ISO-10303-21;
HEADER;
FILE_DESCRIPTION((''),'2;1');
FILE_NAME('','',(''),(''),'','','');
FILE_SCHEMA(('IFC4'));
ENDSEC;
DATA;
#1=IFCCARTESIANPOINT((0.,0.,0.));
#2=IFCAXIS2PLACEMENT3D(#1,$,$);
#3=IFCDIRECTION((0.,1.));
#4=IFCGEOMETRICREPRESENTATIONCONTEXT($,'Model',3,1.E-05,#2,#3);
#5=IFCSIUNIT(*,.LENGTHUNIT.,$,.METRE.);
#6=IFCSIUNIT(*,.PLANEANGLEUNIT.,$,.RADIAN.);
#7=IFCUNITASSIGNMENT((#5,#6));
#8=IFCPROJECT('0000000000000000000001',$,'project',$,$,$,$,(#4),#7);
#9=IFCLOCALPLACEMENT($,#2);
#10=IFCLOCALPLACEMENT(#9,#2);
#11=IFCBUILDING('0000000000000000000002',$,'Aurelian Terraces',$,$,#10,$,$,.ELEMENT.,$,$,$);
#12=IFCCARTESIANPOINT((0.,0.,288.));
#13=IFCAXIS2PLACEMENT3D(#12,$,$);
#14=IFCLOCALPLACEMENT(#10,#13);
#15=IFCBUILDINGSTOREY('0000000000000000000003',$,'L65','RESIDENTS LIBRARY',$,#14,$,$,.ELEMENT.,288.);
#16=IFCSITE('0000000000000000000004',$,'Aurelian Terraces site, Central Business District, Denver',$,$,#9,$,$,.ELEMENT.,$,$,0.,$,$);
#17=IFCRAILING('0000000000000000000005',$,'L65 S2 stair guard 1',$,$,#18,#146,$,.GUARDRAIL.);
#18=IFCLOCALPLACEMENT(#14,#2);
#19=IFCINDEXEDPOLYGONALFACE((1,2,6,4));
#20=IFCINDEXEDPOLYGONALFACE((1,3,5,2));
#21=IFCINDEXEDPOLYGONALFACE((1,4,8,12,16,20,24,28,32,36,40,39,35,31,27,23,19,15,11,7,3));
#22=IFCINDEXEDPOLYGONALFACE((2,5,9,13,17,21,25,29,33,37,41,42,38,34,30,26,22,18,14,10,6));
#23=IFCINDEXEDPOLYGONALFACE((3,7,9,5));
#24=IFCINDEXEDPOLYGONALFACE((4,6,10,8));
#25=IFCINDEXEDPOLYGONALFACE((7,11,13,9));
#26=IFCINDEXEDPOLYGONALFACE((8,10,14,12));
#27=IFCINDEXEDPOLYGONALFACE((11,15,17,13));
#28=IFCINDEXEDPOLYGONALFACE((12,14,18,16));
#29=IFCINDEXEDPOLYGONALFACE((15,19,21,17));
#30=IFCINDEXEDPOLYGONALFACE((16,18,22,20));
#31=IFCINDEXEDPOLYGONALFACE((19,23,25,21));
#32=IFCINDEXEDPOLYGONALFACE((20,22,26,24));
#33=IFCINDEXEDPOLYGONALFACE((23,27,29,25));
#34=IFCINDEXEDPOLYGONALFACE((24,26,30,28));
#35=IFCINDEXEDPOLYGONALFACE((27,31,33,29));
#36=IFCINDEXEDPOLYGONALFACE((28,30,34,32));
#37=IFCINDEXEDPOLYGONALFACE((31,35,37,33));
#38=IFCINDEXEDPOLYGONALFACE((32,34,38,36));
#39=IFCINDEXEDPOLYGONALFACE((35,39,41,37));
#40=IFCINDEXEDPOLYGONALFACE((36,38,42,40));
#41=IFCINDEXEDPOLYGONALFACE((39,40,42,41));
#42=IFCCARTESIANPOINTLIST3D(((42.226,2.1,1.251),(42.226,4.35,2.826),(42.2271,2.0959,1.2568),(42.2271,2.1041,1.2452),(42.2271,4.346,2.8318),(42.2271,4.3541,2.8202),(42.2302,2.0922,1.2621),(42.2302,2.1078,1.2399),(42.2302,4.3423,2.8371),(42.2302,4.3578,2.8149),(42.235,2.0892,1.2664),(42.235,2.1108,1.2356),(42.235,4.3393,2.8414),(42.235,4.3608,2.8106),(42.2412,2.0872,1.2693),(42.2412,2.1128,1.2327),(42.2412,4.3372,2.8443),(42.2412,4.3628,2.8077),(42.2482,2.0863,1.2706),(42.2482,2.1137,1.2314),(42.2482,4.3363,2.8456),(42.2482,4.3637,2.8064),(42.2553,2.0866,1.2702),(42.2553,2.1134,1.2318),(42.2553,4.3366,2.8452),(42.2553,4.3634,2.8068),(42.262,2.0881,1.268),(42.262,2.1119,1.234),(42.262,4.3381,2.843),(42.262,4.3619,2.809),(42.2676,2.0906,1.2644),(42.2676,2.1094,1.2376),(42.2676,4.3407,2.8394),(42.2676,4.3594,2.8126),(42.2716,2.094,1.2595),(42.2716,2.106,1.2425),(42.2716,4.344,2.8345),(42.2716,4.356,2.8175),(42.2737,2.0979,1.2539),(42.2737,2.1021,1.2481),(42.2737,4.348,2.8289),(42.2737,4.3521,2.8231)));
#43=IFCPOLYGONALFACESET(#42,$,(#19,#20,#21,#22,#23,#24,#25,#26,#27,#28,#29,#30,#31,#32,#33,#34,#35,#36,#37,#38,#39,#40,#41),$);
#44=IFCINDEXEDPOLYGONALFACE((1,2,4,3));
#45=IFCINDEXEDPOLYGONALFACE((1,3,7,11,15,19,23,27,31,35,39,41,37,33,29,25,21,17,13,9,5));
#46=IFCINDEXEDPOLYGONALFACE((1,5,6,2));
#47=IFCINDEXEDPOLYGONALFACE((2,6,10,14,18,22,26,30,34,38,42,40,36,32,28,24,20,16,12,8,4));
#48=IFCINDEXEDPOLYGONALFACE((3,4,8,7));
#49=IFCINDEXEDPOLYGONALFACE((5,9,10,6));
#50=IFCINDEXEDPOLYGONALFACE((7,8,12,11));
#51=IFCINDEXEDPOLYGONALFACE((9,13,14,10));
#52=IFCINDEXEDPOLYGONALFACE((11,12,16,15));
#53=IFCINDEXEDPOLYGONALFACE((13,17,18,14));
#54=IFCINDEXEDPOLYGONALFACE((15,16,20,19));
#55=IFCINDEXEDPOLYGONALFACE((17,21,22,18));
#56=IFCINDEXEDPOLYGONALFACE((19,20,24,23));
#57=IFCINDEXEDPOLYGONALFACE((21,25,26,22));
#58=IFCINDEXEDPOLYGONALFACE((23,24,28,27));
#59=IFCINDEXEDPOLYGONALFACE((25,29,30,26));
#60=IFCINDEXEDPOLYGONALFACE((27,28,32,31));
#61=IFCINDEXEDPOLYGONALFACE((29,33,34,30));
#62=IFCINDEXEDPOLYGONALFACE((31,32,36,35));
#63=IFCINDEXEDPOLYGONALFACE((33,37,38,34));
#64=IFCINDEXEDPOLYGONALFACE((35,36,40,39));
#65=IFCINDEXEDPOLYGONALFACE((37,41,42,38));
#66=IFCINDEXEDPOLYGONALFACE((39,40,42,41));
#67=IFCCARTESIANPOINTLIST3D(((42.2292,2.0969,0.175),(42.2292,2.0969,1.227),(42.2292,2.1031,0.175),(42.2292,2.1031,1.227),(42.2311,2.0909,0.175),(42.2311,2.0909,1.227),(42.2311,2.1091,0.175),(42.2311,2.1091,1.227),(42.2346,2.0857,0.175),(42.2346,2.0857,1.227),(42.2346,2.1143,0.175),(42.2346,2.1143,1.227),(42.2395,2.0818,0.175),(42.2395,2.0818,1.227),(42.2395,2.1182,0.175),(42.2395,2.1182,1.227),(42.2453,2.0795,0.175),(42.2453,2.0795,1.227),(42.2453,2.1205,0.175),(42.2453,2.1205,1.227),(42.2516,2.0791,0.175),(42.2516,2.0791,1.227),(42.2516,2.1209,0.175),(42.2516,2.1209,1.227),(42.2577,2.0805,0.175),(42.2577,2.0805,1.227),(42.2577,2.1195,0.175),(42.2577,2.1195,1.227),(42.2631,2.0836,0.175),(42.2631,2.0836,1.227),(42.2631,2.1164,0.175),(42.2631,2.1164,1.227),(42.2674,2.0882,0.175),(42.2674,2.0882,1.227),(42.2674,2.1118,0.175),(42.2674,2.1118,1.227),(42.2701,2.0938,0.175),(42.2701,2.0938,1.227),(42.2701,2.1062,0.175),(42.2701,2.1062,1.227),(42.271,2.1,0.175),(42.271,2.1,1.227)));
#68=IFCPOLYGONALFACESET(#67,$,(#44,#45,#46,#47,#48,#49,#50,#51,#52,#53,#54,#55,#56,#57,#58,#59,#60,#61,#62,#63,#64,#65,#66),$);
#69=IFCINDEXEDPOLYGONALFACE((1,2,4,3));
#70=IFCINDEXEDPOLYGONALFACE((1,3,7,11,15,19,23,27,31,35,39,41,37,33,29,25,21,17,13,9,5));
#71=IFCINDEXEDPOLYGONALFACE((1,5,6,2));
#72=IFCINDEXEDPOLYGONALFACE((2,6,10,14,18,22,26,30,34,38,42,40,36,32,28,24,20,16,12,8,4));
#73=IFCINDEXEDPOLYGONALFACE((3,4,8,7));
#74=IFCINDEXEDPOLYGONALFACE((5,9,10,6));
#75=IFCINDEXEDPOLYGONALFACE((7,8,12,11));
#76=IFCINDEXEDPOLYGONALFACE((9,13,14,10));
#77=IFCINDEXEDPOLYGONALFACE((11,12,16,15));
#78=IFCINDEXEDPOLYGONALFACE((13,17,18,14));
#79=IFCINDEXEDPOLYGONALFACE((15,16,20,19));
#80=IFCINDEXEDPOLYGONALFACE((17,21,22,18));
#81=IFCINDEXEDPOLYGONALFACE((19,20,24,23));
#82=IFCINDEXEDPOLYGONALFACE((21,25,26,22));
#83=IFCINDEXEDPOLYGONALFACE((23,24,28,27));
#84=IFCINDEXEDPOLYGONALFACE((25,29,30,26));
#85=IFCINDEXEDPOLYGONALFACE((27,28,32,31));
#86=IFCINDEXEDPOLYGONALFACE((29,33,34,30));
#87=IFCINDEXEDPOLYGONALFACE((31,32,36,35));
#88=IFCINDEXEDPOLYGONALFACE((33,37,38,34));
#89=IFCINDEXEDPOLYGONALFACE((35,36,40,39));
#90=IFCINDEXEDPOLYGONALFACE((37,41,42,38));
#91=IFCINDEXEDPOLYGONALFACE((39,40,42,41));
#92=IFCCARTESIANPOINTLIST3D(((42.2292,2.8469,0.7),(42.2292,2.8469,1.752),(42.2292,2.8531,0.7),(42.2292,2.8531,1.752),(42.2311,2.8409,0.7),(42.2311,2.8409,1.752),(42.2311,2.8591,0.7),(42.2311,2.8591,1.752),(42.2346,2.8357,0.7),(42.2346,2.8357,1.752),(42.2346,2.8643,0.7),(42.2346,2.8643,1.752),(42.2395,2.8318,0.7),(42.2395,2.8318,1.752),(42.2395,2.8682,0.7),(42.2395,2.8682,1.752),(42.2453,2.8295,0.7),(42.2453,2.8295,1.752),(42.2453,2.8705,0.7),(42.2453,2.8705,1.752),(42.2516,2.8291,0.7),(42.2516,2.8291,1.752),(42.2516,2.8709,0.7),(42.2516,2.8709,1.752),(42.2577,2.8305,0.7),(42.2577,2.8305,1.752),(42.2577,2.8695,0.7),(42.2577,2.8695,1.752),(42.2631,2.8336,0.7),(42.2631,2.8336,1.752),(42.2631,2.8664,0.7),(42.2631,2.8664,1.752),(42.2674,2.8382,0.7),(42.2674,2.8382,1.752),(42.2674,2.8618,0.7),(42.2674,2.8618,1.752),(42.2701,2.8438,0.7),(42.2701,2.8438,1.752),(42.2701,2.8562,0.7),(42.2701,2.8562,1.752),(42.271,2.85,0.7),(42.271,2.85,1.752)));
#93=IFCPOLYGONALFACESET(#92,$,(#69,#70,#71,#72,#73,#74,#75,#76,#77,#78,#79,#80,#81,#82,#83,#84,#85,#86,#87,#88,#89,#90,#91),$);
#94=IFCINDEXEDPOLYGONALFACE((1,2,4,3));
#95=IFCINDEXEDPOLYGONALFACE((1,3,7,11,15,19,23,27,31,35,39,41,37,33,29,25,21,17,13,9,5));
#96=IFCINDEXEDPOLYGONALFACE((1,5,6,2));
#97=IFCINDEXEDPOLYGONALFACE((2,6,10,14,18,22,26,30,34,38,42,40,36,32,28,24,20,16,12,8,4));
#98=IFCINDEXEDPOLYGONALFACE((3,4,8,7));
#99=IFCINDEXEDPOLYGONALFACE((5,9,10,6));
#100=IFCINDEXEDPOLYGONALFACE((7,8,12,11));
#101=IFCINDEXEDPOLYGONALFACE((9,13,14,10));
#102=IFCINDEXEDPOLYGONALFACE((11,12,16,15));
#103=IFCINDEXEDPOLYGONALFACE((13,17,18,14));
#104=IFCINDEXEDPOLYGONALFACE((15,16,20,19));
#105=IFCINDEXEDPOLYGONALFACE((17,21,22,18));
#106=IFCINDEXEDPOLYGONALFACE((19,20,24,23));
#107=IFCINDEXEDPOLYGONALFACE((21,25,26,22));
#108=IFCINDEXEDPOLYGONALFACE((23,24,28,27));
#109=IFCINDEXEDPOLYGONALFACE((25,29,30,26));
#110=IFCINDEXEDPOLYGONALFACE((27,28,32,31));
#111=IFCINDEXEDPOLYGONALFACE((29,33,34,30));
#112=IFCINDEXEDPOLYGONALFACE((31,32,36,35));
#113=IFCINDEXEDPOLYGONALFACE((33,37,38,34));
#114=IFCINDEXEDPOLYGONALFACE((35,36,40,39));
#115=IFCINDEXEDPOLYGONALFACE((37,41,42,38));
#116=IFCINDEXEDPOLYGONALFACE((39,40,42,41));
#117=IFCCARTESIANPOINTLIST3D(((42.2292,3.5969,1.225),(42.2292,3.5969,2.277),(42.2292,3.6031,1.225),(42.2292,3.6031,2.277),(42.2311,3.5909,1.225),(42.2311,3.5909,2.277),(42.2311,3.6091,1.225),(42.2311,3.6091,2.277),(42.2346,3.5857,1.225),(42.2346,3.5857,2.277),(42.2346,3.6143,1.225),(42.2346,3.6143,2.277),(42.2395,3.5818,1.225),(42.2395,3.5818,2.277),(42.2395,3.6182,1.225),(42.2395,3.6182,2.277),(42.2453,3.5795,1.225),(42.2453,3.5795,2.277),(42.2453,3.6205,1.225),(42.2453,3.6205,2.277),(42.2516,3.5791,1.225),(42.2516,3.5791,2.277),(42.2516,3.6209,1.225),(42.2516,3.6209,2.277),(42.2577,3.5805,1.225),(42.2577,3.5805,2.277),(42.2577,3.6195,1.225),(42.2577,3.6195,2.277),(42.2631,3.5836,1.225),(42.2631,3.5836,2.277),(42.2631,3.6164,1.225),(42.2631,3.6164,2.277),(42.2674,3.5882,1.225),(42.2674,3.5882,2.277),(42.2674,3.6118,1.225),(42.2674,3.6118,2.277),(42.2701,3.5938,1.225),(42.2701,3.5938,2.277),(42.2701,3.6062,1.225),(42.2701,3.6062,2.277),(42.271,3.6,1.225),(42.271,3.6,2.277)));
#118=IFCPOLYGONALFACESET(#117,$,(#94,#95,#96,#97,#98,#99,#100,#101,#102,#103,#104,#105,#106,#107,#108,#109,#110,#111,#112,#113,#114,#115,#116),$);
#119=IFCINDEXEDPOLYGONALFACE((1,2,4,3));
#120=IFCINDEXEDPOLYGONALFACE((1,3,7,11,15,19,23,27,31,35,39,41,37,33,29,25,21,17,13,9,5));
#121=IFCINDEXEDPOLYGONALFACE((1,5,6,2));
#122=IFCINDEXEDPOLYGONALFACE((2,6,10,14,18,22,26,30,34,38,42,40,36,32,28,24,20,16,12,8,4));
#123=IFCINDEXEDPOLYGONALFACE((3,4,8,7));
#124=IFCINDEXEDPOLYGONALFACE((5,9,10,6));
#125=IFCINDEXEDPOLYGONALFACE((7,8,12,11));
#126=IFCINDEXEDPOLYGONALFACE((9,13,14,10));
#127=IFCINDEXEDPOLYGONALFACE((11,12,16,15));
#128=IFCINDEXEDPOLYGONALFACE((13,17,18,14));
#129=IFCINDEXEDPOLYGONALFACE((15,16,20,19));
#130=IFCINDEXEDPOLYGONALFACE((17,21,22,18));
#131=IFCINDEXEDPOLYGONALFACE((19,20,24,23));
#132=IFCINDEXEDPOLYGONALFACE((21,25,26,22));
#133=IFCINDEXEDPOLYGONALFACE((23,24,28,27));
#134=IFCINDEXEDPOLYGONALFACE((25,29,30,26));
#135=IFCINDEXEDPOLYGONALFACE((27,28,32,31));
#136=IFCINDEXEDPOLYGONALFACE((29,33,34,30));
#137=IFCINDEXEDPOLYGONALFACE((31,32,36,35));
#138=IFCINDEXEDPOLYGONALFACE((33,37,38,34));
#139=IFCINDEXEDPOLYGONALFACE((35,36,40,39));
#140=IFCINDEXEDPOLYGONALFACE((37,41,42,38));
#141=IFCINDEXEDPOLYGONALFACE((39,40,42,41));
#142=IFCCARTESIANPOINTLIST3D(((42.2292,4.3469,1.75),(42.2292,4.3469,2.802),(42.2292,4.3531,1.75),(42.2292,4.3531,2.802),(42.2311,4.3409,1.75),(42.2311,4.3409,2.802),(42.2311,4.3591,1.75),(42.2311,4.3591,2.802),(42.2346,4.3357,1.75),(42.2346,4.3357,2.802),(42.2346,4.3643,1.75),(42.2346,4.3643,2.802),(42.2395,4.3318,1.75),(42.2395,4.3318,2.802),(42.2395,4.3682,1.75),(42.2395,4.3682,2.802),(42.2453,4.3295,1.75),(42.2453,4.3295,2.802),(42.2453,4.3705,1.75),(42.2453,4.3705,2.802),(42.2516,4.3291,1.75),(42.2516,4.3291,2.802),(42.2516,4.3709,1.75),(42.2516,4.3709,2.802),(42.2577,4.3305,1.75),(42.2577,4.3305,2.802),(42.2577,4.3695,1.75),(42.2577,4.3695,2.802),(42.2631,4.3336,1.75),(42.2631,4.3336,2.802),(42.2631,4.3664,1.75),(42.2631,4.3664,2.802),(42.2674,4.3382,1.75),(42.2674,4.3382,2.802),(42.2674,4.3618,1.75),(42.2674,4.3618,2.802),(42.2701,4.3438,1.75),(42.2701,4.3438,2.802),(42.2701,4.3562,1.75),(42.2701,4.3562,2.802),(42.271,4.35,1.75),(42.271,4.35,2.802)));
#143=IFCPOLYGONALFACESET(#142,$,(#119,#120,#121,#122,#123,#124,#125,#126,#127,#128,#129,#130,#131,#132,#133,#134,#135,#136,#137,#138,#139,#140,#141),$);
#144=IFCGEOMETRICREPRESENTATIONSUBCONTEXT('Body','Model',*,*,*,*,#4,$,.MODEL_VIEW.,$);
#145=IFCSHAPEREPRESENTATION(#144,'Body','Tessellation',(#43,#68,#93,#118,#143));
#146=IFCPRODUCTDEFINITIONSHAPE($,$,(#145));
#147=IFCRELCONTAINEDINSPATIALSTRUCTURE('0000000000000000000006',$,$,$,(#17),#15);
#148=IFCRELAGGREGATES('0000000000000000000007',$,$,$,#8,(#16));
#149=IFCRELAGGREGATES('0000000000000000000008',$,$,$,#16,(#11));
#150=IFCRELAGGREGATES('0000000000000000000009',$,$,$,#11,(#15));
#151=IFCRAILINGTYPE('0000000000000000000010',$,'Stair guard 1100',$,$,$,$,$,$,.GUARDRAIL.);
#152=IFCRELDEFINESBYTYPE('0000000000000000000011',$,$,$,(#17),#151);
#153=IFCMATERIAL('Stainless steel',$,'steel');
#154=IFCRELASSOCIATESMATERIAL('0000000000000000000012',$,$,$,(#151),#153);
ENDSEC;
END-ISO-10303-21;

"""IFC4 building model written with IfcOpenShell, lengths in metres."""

from ifc_helpers import new_model, si_unit, direction, frame, origin, origin_2d, place, context, subcontext, project, spatial, circle, extrude, source, transform, mapped, material, type_object, element, save


model = new_model("IFC4")

# Units and contexts
model_context = context("Model", 3, precision=1e-05, world=origin(), true_north=direction((0.0, 1.0)))
body_context = subcontext(model_context, "Body", "Model", "MODEL_VIEW")
ifc_project = project(units=[si_unit("LENGTHUNIT", "METRE"), si_unit("PLANEANGLEUNIT", "RADIAN")], contexts=[model_context])

# Site, building, storey
site_placement = place(None, origin())
site = spatial("IfcSite", under=ifc_project, at=site_placement, Name="Aurelian Terraces site, Central Business District, Denver", CompositionType="ELEMENT", RefElevation=0.0)
building_placement = place(site_placement, origin())
building = spatial("IfcBuilding", under=site, at=building_placement, Name="Aurelian Terraces", CompositionType="ELEMENT")
storey_placement = place(building_placement, frame((0.0, 0.0, 288.0)))
storey = spatial("IfcBuildingStorey", under=building, at=storey_placement, Name="L65", Description="RESIDENTS LIBRARY", CompositionType="ELEMENT", Elevation=288.0)

# Railing
ifc_material_1 = material(Name="Stainless steel", Category="steel")
railing_type_1 = type_object("IfcRailingType", Name="Stair guard 1100", PredefinedType="GUARDRAIL", material=ifc_material_1)
shared_shape_1 = source(origin(), body_context, "Body", "SweptSolid", [
    extrude(circle(Radius=0.024, at=origin_2d()), frame((0.0, 0.0, 1.076), z_axis=(0.0, 0.819232, 0.573462), x_axis=(-1.0, 0.0, 0.0)), (0.0, 0.0, 1.0), 2.7465),
    extrude(circle(Radius=0.021, at=origin_2d()), origin(), (0.0, 0.0, 1.0), 1.052),
    extrude(circle(Radius=0.021, at=origin_2d()), frame((0.0, 0.75, 0.525)), (0.0, 0.0, 1.0), 1.052),
    extrude(circle(Radius=0.021, at=origin_2d()), frame((0.0, 1.5, 1.05)), (0.0, 0.0, 1.0), 1.052),
    extrude(circle(Radius=0.021, at=origin_2d()), frame((0.0, 2.25, 1.575)), (0.0, 0.0, 1.0), 1.052),
])
railing_1_placement = place(storey_placement, frame((42.25, 2.1, 0.175)))
element("IfcRailing", 1, at=railing_1_placement, inside=storey, type_object=railing_type_1, Name="L65 S2 stair guard 1", PredefinedType="GUARDRAIL", context=body_context, shape_type="MappedRepresentation", body=[
    mapped(shared_shape_1, transform((0.0, 0.0, 0.0), scale=1.0)),
])

save(model, "model.ifc")
